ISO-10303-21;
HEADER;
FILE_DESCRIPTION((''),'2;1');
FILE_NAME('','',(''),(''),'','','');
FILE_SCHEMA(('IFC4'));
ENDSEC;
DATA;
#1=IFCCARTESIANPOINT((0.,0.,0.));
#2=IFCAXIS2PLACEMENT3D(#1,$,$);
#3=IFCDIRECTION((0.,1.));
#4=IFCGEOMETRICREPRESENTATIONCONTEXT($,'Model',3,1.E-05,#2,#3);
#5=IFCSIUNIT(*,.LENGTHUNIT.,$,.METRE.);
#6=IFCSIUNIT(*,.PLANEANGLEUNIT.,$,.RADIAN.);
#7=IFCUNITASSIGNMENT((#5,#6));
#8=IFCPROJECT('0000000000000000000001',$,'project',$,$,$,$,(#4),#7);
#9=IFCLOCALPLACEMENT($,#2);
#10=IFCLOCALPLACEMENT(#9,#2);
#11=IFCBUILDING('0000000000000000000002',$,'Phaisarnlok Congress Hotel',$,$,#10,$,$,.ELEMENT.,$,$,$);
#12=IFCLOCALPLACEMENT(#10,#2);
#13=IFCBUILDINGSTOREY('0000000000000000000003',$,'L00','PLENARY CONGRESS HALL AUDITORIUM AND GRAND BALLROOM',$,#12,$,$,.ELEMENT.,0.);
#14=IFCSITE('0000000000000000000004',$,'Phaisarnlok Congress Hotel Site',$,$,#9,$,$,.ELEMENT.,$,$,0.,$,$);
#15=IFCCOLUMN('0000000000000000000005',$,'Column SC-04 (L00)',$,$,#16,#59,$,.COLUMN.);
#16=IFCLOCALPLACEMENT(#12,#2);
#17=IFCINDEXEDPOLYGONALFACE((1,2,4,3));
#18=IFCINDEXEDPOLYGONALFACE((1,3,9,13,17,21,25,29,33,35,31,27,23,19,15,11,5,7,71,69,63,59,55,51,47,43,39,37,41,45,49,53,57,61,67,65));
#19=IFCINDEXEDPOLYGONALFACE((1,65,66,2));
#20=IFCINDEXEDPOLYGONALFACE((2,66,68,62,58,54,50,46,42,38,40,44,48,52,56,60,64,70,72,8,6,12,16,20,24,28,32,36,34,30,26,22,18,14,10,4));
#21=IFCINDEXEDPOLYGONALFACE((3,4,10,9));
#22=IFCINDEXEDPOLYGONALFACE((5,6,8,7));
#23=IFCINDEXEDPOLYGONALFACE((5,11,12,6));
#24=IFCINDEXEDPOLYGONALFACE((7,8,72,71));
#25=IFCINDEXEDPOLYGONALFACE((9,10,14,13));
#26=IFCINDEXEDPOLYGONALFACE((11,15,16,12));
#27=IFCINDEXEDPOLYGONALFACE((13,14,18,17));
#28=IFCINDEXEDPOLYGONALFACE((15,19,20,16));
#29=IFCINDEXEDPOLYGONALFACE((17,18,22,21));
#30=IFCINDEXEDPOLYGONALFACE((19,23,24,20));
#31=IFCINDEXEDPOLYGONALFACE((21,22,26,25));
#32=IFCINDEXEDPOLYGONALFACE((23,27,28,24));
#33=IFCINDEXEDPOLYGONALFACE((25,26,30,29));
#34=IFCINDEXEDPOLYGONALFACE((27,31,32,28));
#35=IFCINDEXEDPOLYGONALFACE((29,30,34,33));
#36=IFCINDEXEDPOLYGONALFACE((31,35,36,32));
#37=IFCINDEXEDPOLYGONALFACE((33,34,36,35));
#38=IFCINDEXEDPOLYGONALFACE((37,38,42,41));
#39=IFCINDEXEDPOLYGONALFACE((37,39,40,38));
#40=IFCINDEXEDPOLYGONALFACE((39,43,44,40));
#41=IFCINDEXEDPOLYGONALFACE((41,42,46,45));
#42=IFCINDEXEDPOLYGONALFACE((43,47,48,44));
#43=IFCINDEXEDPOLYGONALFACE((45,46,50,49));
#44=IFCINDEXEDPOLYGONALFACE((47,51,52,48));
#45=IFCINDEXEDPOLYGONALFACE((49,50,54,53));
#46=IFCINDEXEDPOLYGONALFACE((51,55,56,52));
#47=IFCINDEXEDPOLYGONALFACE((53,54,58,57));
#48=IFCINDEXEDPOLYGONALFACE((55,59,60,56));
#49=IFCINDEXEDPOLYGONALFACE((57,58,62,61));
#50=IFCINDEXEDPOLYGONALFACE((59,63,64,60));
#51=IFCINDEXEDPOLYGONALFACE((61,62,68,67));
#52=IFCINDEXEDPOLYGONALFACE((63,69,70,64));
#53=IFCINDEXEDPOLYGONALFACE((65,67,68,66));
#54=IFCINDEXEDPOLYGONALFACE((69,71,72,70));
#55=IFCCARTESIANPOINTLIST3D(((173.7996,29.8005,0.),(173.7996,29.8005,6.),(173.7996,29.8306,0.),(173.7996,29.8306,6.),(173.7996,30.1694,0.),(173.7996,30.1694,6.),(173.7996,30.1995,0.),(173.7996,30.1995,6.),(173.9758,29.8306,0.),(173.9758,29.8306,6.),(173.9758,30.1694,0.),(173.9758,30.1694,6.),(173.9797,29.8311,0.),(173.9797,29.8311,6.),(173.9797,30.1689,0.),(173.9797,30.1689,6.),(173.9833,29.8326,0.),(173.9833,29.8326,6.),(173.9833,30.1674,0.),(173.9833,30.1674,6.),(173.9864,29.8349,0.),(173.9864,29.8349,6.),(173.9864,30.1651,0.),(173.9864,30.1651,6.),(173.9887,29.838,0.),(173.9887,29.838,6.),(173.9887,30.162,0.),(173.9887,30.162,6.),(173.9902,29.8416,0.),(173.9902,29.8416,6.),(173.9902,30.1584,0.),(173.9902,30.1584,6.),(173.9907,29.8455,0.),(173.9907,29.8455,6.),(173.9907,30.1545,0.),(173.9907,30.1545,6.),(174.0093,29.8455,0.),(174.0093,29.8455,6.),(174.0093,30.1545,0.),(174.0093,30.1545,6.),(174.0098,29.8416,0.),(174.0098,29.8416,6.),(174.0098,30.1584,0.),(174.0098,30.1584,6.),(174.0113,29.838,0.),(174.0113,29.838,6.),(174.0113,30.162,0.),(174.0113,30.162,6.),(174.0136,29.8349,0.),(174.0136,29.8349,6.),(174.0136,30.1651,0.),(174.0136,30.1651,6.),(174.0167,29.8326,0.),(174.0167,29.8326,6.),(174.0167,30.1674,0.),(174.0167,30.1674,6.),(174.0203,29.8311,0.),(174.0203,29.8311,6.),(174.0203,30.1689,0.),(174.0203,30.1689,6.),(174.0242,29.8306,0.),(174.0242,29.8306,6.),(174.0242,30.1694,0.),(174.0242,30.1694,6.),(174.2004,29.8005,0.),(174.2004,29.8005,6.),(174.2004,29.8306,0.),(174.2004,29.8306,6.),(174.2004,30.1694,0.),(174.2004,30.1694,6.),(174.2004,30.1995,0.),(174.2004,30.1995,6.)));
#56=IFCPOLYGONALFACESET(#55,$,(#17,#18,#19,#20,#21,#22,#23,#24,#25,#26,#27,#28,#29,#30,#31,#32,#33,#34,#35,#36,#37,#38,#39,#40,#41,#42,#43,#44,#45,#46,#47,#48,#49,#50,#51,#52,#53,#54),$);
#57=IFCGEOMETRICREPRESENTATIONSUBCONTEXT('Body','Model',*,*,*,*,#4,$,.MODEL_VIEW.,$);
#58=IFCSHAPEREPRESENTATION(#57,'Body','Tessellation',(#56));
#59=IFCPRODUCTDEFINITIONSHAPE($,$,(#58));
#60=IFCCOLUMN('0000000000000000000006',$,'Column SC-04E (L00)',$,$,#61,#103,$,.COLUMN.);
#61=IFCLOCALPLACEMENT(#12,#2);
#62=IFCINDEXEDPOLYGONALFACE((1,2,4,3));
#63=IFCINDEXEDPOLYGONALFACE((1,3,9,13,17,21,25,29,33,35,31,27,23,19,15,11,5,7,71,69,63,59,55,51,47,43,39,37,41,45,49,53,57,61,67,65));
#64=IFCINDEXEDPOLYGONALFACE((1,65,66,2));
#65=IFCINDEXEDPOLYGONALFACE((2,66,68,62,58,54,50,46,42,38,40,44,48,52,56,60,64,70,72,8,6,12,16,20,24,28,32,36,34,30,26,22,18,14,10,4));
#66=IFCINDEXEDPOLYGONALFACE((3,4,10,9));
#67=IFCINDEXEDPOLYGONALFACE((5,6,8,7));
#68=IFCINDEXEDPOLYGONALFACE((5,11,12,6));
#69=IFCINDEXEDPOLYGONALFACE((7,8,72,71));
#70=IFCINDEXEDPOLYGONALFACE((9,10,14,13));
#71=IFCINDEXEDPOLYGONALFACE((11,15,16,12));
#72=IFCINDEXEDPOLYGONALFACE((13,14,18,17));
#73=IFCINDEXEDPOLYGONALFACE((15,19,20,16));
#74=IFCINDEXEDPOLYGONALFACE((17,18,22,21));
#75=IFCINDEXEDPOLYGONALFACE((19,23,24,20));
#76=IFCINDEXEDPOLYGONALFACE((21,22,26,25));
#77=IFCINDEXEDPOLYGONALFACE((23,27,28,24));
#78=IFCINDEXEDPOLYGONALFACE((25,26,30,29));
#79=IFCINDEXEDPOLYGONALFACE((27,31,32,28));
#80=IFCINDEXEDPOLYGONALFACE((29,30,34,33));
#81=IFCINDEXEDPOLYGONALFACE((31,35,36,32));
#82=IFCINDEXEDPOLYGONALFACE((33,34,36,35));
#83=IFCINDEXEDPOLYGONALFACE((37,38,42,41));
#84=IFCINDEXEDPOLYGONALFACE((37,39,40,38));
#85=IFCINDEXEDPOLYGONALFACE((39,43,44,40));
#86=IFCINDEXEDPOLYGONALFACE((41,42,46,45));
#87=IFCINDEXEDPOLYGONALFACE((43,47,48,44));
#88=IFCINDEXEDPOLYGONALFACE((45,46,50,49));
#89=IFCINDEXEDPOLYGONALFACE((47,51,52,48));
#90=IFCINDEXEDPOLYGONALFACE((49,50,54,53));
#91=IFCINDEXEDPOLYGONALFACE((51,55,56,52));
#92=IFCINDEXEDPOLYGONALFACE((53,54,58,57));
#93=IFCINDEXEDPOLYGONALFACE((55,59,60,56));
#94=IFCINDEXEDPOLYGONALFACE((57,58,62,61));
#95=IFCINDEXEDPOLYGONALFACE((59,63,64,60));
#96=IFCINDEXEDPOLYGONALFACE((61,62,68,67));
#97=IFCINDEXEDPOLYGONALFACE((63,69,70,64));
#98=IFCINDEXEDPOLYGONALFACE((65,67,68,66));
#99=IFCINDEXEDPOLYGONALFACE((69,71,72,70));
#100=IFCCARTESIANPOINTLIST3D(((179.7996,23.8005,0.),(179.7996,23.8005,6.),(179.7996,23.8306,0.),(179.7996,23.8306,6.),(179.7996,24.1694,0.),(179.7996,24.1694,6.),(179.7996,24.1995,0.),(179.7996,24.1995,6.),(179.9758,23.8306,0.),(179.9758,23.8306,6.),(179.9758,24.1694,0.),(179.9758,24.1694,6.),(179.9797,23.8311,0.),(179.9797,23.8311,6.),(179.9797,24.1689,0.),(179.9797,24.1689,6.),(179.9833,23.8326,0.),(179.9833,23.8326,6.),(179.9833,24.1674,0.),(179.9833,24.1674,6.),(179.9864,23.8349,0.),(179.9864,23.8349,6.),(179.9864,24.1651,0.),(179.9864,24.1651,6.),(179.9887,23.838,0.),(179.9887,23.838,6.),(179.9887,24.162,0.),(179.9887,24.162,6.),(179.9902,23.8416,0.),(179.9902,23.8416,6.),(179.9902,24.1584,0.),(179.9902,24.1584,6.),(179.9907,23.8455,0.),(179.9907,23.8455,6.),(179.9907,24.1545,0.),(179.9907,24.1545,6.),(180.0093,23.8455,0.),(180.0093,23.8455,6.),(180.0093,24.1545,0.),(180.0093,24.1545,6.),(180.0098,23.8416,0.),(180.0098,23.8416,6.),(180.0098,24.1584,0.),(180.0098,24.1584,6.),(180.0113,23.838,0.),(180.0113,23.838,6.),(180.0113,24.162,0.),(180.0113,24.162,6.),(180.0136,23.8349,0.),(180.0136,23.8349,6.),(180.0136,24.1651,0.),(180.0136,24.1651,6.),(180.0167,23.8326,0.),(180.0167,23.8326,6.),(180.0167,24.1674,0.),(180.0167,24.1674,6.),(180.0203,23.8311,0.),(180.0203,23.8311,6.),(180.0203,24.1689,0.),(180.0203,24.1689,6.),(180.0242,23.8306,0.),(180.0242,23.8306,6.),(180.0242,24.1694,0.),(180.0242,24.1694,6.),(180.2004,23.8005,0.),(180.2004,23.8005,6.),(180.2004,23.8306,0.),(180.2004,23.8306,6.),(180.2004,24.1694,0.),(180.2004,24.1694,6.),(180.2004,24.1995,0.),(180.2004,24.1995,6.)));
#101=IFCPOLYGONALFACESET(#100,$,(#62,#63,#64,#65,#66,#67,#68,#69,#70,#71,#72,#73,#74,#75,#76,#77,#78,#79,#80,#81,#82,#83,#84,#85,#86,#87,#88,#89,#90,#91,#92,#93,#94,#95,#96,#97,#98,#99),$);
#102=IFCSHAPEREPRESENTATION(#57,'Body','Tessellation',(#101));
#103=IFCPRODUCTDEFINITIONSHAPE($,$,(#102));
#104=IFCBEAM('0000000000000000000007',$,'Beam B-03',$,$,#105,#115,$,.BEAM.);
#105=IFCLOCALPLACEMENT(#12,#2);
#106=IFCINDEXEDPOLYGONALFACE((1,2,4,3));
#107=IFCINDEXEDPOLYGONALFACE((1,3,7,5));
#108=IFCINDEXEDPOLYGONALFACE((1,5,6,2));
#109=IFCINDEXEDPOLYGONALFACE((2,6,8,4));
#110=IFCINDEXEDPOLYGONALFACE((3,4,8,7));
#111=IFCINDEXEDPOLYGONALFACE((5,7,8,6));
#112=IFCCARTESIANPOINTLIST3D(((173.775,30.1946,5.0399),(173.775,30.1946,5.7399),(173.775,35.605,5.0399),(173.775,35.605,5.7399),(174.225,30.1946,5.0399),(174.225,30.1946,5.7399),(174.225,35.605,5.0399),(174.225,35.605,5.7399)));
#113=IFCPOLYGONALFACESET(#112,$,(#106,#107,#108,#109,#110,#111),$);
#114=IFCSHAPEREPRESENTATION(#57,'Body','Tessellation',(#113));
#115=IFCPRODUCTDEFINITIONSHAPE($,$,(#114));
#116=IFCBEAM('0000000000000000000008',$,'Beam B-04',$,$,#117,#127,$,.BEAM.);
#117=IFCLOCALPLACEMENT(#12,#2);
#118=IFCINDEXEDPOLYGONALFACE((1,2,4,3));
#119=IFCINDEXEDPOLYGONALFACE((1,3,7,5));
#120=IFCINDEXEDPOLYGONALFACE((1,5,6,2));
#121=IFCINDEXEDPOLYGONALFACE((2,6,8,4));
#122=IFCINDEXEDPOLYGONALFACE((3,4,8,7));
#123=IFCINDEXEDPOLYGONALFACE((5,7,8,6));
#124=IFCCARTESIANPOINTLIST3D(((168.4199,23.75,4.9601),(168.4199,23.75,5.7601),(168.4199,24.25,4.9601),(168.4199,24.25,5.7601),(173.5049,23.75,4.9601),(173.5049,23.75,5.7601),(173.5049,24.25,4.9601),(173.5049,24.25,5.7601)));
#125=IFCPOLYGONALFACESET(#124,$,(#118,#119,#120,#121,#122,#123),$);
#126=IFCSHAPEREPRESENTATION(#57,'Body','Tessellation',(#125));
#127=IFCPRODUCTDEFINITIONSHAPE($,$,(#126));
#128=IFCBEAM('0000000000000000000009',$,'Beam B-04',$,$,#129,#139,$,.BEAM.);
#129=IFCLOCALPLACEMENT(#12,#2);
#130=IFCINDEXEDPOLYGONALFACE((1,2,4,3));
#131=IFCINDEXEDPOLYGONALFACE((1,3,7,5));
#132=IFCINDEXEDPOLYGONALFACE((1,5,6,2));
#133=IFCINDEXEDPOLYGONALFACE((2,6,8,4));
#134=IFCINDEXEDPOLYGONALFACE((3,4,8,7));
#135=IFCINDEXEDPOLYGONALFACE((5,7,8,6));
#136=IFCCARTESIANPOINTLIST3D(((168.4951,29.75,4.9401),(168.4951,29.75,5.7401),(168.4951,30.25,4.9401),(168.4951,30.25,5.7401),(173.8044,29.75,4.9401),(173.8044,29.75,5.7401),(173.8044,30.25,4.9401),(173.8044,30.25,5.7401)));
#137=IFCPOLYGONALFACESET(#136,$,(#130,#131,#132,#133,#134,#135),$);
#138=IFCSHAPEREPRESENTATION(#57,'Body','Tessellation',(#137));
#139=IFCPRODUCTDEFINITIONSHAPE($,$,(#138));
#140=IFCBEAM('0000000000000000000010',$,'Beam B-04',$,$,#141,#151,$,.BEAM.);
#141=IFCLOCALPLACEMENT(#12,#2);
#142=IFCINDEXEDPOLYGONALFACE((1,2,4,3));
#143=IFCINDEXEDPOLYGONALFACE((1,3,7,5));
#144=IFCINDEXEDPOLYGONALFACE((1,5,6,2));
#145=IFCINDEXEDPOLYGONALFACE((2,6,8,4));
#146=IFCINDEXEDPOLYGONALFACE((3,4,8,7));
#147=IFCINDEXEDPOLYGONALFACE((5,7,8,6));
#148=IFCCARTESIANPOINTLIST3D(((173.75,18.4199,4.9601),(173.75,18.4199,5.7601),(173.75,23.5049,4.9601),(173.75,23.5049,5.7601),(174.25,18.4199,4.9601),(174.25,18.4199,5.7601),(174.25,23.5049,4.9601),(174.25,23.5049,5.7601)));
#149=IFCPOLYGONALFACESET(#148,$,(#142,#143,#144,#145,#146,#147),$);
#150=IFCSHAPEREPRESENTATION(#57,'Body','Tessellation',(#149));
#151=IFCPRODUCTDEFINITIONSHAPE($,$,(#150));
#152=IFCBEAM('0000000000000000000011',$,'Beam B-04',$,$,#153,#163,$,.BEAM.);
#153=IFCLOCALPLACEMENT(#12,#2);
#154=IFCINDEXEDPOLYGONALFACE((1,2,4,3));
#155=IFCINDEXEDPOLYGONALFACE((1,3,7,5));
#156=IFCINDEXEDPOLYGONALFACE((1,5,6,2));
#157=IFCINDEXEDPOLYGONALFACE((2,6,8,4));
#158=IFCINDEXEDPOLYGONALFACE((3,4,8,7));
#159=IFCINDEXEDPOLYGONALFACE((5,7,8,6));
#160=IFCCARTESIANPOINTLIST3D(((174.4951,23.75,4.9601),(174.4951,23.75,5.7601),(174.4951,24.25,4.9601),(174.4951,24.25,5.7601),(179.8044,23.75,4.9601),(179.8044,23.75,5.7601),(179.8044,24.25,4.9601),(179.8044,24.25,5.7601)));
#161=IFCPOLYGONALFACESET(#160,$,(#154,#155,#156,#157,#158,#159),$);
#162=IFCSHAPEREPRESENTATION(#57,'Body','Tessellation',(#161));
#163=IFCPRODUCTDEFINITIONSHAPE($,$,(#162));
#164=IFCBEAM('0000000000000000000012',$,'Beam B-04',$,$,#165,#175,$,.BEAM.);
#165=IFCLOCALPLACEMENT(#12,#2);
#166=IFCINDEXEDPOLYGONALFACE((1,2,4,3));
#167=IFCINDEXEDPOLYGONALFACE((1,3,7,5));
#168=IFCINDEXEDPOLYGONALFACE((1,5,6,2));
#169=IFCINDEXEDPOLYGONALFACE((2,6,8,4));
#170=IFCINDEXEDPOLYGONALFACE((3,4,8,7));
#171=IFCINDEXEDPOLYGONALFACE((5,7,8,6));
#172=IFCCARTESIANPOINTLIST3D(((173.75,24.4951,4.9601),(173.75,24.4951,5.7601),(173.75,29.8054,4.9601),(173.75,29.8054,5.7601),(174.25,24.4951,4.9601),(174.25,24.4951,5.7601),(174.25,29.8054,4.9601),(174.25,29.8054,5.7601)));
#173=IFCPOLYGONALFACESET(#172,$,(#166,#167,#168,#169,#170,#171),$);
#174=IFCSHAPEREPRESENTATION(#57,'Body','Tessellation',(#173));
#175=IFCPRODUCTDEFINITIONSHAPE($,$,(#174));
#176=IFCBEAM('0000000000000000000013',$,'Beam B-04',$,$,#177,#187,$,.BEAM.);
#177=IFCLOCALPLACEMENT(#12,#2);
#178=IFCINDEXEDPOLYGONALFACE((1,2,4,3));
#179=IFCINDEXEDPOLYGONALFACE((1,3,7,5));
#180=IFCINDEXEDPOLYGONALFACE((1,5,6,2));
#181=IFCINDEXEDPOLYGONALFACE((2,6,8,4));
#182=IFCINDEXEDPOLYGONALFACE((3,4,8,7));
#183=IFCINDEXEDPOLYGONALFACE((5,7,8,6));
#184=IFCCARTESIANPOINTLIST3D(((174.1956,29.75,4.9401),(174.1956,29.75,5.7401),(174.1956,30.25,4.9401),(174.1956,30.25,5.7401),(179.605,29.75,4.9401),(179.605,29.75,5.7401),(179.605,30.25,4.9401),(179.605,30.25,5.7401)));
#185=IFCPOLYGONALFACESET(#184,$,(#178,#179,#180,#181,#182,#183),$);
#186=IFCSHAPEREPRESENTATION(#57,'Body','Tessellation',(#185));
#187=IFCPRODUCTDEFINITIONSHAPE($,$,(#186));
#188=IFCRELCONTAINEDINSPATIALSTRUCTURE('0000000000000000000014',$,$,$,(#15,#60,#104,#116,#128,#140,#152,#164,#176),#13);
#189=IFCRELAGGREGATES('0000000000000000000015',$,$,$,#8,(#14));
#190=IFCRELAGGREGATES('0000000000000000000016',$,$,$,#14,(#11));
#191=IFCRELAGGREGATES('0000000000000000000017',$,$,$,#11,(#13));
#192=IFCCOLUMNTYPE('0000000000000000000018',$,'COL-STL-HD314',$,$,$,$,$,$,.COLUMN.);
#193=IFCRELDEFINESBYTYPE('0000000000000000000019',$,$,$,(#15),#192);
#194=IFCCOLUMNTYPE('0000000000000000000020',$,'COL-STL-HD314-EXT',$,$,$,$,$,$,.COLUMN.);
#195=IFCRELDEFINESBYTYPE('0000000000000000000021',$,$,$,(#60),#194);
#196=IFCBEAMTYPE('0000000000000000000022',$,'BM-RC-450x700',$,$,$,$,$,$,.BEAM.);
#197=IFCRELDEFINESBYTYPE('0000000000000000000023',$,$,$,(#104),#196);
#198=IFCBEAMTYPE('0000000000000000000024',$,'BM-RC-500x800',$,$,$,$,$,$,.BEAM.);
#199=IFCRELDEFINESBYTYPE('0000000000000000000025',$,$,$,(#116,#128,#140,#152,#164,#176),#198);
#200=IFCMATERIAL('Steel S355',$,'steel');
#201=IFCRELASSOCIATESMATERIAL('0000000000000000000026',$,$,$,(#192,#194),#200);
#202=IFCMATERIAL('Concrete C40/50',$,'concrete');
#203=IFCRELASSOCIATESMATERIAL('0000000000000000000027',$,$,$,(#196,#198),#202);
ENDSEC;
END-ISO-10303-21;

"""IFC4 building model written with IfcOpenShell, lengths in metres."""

from ifc_helpers import new_model, si_unit, direction, frame, origin, origin_2d, place, context, subcontext, project, spatial, rectangle, i_section, extrude, material, material_profile, profile_set, type_object, element, save


model = new_model("IFC4")

# Units and contexts
model_context = context("Model", 3, precision=1e-05, world=origin(), true_north=direction((0.0, 1.0)))
body_context = subcontext(model_context, "Body", "Model", "MODEL_VIEW")
ifc_project = project(units=[si_unit("LENGTHUNIT", "METRE"), si_unit("PLANEANGLEUNIT", "RADIAN")], contexts=[model_context])

# Site, building, storey
site_placement = place(None, origin())
site = spatial("IfcSite", under=ifc_project, at=site_placement, Name="Phaisarnlok Congress Hotel Site", CompositionType="ELEMENT", RefElevation=0.0)
building_placement = place(site_placement, origin())
building = spatial("IfcBuilding", under=site, at=building_placement, Name="Phaisarnlok Congress Hotel", CompositionType="ELEMENT")
storey_placement = place(building_placement, origin())
storey = spatial("IfcBuildingStorey", under=building, at=storey_placement, Name="L00", Description="PLENARY CONGRESS HALL AUDITORIUM AND GRAND BALLROOM", CompositionType="ELEMENT", Elevation=0.0)

# Columns
ifc_material_1 = material(Name="Steel S355", Category="steel")
ifc_material_profile_1 = material_profile(ifc_material_1, i_section(OverallWidth=0.4009, OverallDepth=0.3989, WebThickness=0.0186, FlangeThickness=0.03, FilletRadius=0.0149, at=origin_2d()), Name="HD 400x314")
ifc_profile_set_1 = profile_set([ifc_material_profile_1], Name="Steel S355")
column_type_1 = type_object("IfcColumnType", Name="COL-STL-HD314", PredefinedType="COLUMN", material=ifc_profile_set_1)
column_1_placement = place(storey_placement, frame((174.0, 30.0, 0.0), z_axis=(0.0, 0.0, 1.0), x_axis=(1.0, 0.0, 0.0)))
element("IfcColumn", 1, at=column_1_placement, inside=storey, type_object=column_type_1, Name="Column SC-04 (L00)", PredefinedType="COLUMN", context=body_context, shape_type="SweptSolid", body=[
    extrude(i_section(OverallWidth=0.4009, OverallDepth=0.3989, WebThickness=0.0186, FlangeThickness=0.03, FilletRadius=0.0149, at=origin_2d()), origin(), (0.0, 0.0, 1.0), 6.0),
])
ifc_material_profile_2 = material_profile(ifc_material_1, i_section(OverallWidth=0.4009, OverallDepth=0.3989, WebThickness=0.0186, FlangeThickness=0.03, FilletRadius=0.0149, at=origin_2d()), Name="HD 400x314")
ifc_profile_set_2 = profile_set([ifc_material_profile_2], Name="Steel S355")
column_type_2 = type_object("IfcColumnType", Name="COL-STL-HD314-EXT", PredefinedType="COLUMN", material=ifc_profile_set_2)
column_2_placement = place(storey_placement, frame((180.0, 24.0, 0.0), z_axis=(0.0, 0.0, 1.0), x_axis=(1.0, 0.0, 0.0)))
element("IfcColumn", 2, at=column_2_placement, inside=storey, type_object=column_type_2, Name="Column SC-04E (L00)", PredefinedType="COLUMN", context=body_context, shape_type="SweptSolid", body=[
    extrude(i_section(OverallWidth=0.4009, OverallDepth=0.3989, WebThickness=0.0186, FlangeThickness=0.03, FilletRadius=0.0149, at=origin_2d()), origin(), (0.0, 0.0, 1.0), 6.0),
])

# Beams
ifc_material_2 = material(Name="Concrete C40/50", Category="concrete")
ifc_material_profile_3 = material_profile(ifc_material_2, rectangle(XDim=0.45, YDim=0.7, at=origin_2d()), Name="RC 450x700")
ifc_profile_set_3 = profile_set([ifc_material_profile_3], Name="Concrete C40/50")
beam_type_1 = type_object("IfcBeamType", Name="BM-RC-450x700", PredefinedType="BEAM", material=ifc_profile_set_3)
beam_1_placement = place(storey_placement, frame((174.0, 30.1946, 5.3899), z_axis=(0.0, 1.0, 0.0), x_axis=(-1.0, 0.0, 0.0)))
element("IfcBeam", 3, at=beam_1_placement, inside=storey, type_object=beam_type_1, Name="Beam B-03", PredefinedType="BEAM", context=body_context, shape_type="SweptSolid", body=[
    extrude(rectangle(XDim=0.45, YDim=0.7, at=origin_2d()), origin(), (0.0, 0.0, 1.0), 5.4104),
])
ifc_material_profile_4 = material_profile(ifc_material_2, rectangle(XDim=0.5, YDim=0.8, at=origin_2d()), Name="RC 500x800")
ifc_profile_set_4 = profile_set([ifc_material_profile_4], Name="Concrete C40/50")
beam_type_2 = type_object("IfcBeamType", Name="BM-RC-500x800", PredefinedType="BEAM", material=ifc_profile_set_4)
beam_2_placement = place(storey_placement, frame((168.4199, 24.0, 5.3601), z_axis=(1.0, 0.0, 0.0), x_axis=(0.0, 1.0, 0.0)))
element("IfcBeam", 4, at=beam_2_placement, inside=storey, type_object=beam_type_2, Name="Beam B-04", PredefinedType="BEAM", context=body_context, shape_type="SweptSolid", body=[
    extrude(rectangle(XDim=0.5, YDim=0.8, at=origin_2d()), origin(), (0.0, 0.0, 1.0), 5.085),
])
beam_3_placement = place(storey_placement, frame((168.4951, 30.0, 5.3401), z_axis=(1.0, 0.0, 0.0), x_axis=(0.0, 1.0, 0.0)))
element("IfcBeam", 5, at=beam_3_placement, inside=storey, type_object=beam_type_2, Name="Beam B-04", PredefinedType="BEAM", context=body_context, shape_type="SweptSolid", body=[
    extrude(rectangle(XDim=0.5, YDim=0.8, at=origin_2d()), origin(), (0.0, 0.0, 1.0), 5.3093),
])
beam_4_placement = place(storey_placement, frame((174.0, 18.4199, 5.3601), z_axis=(0.0, 1.0, 0.0), x_axis=(-1.0, 0.0, 0.0)))
element("IfcBeam", 6, at=beam_4_placement, inside=storey, type_object=beam_type_2, Name="Beam B-04", PredefinedType="BEAM", context=body_context, shape_type="SweptSolid", body=[
    extrude(rectangle(XDim=0.5, YDim=0.8, at=origin_2d()), origin(), (0.0, 0.0, 1.0), 5.085),
])
beam_5_placement = place(storey_placement, frame((174.4951, 24.0, 5.3601), z_axis=(1.0, 0.0, 0.0), x_axis=(0.0, 1.0, 0.0)))
element("IfcBeam", 7, at=beam_5_placement, inside=storey, type_object=beam_type_2, Name="Beam B-04", PredefinedType="BEAM", context=body_context, shape_type="SweptSolid", body=[
    extrude(rectangle(XDim=0.5, YDim=0.8, at=origin_2d()), origin(), (0.0, 0.0, 1.0), 5.3093),
])
beam_6_placement = place(storey_placement, frame((174.0, 24.4951, 5.3601), z_axis=(0.0, 1.0, 0.0), x_axis=(-1.0, 0.0, 0.0)))
element("IfcBeam", 8, at=beam_6_placement, inside=storey, type_object=beam_type_2, Name="Beam B-04", PredefinedType="BEAM", context=body_context, shape_type="SweptSolid", body=[
    extrude(rectangle(XDim=0.5, YDim=0.8, at=origin_2d()), origin(), (0.0, 0.0, 1.0), 5.3103),
])
beam_7_placement = place(storey_placement, frame((174.1956, 30.0, 5.3401), z_axis=(1.0, 0.0, 0.0), x_axis=(0.0, 1.0, 0.0)))
element("IfcBeam", 9, at=beam_7_placement, inside=storey, type_object=beam_type_2, Name="Beam B-04", PredefinedType="BEAM", context=body_context, shape_type="SweptSolid", body=[
    extrude(rectangle(XDim=0.5, YDim=0.8, at=origin_2d()), origin(), (0.0, 0.0, 1.0), 5.4094),
])

save(model, "model.ifc")
